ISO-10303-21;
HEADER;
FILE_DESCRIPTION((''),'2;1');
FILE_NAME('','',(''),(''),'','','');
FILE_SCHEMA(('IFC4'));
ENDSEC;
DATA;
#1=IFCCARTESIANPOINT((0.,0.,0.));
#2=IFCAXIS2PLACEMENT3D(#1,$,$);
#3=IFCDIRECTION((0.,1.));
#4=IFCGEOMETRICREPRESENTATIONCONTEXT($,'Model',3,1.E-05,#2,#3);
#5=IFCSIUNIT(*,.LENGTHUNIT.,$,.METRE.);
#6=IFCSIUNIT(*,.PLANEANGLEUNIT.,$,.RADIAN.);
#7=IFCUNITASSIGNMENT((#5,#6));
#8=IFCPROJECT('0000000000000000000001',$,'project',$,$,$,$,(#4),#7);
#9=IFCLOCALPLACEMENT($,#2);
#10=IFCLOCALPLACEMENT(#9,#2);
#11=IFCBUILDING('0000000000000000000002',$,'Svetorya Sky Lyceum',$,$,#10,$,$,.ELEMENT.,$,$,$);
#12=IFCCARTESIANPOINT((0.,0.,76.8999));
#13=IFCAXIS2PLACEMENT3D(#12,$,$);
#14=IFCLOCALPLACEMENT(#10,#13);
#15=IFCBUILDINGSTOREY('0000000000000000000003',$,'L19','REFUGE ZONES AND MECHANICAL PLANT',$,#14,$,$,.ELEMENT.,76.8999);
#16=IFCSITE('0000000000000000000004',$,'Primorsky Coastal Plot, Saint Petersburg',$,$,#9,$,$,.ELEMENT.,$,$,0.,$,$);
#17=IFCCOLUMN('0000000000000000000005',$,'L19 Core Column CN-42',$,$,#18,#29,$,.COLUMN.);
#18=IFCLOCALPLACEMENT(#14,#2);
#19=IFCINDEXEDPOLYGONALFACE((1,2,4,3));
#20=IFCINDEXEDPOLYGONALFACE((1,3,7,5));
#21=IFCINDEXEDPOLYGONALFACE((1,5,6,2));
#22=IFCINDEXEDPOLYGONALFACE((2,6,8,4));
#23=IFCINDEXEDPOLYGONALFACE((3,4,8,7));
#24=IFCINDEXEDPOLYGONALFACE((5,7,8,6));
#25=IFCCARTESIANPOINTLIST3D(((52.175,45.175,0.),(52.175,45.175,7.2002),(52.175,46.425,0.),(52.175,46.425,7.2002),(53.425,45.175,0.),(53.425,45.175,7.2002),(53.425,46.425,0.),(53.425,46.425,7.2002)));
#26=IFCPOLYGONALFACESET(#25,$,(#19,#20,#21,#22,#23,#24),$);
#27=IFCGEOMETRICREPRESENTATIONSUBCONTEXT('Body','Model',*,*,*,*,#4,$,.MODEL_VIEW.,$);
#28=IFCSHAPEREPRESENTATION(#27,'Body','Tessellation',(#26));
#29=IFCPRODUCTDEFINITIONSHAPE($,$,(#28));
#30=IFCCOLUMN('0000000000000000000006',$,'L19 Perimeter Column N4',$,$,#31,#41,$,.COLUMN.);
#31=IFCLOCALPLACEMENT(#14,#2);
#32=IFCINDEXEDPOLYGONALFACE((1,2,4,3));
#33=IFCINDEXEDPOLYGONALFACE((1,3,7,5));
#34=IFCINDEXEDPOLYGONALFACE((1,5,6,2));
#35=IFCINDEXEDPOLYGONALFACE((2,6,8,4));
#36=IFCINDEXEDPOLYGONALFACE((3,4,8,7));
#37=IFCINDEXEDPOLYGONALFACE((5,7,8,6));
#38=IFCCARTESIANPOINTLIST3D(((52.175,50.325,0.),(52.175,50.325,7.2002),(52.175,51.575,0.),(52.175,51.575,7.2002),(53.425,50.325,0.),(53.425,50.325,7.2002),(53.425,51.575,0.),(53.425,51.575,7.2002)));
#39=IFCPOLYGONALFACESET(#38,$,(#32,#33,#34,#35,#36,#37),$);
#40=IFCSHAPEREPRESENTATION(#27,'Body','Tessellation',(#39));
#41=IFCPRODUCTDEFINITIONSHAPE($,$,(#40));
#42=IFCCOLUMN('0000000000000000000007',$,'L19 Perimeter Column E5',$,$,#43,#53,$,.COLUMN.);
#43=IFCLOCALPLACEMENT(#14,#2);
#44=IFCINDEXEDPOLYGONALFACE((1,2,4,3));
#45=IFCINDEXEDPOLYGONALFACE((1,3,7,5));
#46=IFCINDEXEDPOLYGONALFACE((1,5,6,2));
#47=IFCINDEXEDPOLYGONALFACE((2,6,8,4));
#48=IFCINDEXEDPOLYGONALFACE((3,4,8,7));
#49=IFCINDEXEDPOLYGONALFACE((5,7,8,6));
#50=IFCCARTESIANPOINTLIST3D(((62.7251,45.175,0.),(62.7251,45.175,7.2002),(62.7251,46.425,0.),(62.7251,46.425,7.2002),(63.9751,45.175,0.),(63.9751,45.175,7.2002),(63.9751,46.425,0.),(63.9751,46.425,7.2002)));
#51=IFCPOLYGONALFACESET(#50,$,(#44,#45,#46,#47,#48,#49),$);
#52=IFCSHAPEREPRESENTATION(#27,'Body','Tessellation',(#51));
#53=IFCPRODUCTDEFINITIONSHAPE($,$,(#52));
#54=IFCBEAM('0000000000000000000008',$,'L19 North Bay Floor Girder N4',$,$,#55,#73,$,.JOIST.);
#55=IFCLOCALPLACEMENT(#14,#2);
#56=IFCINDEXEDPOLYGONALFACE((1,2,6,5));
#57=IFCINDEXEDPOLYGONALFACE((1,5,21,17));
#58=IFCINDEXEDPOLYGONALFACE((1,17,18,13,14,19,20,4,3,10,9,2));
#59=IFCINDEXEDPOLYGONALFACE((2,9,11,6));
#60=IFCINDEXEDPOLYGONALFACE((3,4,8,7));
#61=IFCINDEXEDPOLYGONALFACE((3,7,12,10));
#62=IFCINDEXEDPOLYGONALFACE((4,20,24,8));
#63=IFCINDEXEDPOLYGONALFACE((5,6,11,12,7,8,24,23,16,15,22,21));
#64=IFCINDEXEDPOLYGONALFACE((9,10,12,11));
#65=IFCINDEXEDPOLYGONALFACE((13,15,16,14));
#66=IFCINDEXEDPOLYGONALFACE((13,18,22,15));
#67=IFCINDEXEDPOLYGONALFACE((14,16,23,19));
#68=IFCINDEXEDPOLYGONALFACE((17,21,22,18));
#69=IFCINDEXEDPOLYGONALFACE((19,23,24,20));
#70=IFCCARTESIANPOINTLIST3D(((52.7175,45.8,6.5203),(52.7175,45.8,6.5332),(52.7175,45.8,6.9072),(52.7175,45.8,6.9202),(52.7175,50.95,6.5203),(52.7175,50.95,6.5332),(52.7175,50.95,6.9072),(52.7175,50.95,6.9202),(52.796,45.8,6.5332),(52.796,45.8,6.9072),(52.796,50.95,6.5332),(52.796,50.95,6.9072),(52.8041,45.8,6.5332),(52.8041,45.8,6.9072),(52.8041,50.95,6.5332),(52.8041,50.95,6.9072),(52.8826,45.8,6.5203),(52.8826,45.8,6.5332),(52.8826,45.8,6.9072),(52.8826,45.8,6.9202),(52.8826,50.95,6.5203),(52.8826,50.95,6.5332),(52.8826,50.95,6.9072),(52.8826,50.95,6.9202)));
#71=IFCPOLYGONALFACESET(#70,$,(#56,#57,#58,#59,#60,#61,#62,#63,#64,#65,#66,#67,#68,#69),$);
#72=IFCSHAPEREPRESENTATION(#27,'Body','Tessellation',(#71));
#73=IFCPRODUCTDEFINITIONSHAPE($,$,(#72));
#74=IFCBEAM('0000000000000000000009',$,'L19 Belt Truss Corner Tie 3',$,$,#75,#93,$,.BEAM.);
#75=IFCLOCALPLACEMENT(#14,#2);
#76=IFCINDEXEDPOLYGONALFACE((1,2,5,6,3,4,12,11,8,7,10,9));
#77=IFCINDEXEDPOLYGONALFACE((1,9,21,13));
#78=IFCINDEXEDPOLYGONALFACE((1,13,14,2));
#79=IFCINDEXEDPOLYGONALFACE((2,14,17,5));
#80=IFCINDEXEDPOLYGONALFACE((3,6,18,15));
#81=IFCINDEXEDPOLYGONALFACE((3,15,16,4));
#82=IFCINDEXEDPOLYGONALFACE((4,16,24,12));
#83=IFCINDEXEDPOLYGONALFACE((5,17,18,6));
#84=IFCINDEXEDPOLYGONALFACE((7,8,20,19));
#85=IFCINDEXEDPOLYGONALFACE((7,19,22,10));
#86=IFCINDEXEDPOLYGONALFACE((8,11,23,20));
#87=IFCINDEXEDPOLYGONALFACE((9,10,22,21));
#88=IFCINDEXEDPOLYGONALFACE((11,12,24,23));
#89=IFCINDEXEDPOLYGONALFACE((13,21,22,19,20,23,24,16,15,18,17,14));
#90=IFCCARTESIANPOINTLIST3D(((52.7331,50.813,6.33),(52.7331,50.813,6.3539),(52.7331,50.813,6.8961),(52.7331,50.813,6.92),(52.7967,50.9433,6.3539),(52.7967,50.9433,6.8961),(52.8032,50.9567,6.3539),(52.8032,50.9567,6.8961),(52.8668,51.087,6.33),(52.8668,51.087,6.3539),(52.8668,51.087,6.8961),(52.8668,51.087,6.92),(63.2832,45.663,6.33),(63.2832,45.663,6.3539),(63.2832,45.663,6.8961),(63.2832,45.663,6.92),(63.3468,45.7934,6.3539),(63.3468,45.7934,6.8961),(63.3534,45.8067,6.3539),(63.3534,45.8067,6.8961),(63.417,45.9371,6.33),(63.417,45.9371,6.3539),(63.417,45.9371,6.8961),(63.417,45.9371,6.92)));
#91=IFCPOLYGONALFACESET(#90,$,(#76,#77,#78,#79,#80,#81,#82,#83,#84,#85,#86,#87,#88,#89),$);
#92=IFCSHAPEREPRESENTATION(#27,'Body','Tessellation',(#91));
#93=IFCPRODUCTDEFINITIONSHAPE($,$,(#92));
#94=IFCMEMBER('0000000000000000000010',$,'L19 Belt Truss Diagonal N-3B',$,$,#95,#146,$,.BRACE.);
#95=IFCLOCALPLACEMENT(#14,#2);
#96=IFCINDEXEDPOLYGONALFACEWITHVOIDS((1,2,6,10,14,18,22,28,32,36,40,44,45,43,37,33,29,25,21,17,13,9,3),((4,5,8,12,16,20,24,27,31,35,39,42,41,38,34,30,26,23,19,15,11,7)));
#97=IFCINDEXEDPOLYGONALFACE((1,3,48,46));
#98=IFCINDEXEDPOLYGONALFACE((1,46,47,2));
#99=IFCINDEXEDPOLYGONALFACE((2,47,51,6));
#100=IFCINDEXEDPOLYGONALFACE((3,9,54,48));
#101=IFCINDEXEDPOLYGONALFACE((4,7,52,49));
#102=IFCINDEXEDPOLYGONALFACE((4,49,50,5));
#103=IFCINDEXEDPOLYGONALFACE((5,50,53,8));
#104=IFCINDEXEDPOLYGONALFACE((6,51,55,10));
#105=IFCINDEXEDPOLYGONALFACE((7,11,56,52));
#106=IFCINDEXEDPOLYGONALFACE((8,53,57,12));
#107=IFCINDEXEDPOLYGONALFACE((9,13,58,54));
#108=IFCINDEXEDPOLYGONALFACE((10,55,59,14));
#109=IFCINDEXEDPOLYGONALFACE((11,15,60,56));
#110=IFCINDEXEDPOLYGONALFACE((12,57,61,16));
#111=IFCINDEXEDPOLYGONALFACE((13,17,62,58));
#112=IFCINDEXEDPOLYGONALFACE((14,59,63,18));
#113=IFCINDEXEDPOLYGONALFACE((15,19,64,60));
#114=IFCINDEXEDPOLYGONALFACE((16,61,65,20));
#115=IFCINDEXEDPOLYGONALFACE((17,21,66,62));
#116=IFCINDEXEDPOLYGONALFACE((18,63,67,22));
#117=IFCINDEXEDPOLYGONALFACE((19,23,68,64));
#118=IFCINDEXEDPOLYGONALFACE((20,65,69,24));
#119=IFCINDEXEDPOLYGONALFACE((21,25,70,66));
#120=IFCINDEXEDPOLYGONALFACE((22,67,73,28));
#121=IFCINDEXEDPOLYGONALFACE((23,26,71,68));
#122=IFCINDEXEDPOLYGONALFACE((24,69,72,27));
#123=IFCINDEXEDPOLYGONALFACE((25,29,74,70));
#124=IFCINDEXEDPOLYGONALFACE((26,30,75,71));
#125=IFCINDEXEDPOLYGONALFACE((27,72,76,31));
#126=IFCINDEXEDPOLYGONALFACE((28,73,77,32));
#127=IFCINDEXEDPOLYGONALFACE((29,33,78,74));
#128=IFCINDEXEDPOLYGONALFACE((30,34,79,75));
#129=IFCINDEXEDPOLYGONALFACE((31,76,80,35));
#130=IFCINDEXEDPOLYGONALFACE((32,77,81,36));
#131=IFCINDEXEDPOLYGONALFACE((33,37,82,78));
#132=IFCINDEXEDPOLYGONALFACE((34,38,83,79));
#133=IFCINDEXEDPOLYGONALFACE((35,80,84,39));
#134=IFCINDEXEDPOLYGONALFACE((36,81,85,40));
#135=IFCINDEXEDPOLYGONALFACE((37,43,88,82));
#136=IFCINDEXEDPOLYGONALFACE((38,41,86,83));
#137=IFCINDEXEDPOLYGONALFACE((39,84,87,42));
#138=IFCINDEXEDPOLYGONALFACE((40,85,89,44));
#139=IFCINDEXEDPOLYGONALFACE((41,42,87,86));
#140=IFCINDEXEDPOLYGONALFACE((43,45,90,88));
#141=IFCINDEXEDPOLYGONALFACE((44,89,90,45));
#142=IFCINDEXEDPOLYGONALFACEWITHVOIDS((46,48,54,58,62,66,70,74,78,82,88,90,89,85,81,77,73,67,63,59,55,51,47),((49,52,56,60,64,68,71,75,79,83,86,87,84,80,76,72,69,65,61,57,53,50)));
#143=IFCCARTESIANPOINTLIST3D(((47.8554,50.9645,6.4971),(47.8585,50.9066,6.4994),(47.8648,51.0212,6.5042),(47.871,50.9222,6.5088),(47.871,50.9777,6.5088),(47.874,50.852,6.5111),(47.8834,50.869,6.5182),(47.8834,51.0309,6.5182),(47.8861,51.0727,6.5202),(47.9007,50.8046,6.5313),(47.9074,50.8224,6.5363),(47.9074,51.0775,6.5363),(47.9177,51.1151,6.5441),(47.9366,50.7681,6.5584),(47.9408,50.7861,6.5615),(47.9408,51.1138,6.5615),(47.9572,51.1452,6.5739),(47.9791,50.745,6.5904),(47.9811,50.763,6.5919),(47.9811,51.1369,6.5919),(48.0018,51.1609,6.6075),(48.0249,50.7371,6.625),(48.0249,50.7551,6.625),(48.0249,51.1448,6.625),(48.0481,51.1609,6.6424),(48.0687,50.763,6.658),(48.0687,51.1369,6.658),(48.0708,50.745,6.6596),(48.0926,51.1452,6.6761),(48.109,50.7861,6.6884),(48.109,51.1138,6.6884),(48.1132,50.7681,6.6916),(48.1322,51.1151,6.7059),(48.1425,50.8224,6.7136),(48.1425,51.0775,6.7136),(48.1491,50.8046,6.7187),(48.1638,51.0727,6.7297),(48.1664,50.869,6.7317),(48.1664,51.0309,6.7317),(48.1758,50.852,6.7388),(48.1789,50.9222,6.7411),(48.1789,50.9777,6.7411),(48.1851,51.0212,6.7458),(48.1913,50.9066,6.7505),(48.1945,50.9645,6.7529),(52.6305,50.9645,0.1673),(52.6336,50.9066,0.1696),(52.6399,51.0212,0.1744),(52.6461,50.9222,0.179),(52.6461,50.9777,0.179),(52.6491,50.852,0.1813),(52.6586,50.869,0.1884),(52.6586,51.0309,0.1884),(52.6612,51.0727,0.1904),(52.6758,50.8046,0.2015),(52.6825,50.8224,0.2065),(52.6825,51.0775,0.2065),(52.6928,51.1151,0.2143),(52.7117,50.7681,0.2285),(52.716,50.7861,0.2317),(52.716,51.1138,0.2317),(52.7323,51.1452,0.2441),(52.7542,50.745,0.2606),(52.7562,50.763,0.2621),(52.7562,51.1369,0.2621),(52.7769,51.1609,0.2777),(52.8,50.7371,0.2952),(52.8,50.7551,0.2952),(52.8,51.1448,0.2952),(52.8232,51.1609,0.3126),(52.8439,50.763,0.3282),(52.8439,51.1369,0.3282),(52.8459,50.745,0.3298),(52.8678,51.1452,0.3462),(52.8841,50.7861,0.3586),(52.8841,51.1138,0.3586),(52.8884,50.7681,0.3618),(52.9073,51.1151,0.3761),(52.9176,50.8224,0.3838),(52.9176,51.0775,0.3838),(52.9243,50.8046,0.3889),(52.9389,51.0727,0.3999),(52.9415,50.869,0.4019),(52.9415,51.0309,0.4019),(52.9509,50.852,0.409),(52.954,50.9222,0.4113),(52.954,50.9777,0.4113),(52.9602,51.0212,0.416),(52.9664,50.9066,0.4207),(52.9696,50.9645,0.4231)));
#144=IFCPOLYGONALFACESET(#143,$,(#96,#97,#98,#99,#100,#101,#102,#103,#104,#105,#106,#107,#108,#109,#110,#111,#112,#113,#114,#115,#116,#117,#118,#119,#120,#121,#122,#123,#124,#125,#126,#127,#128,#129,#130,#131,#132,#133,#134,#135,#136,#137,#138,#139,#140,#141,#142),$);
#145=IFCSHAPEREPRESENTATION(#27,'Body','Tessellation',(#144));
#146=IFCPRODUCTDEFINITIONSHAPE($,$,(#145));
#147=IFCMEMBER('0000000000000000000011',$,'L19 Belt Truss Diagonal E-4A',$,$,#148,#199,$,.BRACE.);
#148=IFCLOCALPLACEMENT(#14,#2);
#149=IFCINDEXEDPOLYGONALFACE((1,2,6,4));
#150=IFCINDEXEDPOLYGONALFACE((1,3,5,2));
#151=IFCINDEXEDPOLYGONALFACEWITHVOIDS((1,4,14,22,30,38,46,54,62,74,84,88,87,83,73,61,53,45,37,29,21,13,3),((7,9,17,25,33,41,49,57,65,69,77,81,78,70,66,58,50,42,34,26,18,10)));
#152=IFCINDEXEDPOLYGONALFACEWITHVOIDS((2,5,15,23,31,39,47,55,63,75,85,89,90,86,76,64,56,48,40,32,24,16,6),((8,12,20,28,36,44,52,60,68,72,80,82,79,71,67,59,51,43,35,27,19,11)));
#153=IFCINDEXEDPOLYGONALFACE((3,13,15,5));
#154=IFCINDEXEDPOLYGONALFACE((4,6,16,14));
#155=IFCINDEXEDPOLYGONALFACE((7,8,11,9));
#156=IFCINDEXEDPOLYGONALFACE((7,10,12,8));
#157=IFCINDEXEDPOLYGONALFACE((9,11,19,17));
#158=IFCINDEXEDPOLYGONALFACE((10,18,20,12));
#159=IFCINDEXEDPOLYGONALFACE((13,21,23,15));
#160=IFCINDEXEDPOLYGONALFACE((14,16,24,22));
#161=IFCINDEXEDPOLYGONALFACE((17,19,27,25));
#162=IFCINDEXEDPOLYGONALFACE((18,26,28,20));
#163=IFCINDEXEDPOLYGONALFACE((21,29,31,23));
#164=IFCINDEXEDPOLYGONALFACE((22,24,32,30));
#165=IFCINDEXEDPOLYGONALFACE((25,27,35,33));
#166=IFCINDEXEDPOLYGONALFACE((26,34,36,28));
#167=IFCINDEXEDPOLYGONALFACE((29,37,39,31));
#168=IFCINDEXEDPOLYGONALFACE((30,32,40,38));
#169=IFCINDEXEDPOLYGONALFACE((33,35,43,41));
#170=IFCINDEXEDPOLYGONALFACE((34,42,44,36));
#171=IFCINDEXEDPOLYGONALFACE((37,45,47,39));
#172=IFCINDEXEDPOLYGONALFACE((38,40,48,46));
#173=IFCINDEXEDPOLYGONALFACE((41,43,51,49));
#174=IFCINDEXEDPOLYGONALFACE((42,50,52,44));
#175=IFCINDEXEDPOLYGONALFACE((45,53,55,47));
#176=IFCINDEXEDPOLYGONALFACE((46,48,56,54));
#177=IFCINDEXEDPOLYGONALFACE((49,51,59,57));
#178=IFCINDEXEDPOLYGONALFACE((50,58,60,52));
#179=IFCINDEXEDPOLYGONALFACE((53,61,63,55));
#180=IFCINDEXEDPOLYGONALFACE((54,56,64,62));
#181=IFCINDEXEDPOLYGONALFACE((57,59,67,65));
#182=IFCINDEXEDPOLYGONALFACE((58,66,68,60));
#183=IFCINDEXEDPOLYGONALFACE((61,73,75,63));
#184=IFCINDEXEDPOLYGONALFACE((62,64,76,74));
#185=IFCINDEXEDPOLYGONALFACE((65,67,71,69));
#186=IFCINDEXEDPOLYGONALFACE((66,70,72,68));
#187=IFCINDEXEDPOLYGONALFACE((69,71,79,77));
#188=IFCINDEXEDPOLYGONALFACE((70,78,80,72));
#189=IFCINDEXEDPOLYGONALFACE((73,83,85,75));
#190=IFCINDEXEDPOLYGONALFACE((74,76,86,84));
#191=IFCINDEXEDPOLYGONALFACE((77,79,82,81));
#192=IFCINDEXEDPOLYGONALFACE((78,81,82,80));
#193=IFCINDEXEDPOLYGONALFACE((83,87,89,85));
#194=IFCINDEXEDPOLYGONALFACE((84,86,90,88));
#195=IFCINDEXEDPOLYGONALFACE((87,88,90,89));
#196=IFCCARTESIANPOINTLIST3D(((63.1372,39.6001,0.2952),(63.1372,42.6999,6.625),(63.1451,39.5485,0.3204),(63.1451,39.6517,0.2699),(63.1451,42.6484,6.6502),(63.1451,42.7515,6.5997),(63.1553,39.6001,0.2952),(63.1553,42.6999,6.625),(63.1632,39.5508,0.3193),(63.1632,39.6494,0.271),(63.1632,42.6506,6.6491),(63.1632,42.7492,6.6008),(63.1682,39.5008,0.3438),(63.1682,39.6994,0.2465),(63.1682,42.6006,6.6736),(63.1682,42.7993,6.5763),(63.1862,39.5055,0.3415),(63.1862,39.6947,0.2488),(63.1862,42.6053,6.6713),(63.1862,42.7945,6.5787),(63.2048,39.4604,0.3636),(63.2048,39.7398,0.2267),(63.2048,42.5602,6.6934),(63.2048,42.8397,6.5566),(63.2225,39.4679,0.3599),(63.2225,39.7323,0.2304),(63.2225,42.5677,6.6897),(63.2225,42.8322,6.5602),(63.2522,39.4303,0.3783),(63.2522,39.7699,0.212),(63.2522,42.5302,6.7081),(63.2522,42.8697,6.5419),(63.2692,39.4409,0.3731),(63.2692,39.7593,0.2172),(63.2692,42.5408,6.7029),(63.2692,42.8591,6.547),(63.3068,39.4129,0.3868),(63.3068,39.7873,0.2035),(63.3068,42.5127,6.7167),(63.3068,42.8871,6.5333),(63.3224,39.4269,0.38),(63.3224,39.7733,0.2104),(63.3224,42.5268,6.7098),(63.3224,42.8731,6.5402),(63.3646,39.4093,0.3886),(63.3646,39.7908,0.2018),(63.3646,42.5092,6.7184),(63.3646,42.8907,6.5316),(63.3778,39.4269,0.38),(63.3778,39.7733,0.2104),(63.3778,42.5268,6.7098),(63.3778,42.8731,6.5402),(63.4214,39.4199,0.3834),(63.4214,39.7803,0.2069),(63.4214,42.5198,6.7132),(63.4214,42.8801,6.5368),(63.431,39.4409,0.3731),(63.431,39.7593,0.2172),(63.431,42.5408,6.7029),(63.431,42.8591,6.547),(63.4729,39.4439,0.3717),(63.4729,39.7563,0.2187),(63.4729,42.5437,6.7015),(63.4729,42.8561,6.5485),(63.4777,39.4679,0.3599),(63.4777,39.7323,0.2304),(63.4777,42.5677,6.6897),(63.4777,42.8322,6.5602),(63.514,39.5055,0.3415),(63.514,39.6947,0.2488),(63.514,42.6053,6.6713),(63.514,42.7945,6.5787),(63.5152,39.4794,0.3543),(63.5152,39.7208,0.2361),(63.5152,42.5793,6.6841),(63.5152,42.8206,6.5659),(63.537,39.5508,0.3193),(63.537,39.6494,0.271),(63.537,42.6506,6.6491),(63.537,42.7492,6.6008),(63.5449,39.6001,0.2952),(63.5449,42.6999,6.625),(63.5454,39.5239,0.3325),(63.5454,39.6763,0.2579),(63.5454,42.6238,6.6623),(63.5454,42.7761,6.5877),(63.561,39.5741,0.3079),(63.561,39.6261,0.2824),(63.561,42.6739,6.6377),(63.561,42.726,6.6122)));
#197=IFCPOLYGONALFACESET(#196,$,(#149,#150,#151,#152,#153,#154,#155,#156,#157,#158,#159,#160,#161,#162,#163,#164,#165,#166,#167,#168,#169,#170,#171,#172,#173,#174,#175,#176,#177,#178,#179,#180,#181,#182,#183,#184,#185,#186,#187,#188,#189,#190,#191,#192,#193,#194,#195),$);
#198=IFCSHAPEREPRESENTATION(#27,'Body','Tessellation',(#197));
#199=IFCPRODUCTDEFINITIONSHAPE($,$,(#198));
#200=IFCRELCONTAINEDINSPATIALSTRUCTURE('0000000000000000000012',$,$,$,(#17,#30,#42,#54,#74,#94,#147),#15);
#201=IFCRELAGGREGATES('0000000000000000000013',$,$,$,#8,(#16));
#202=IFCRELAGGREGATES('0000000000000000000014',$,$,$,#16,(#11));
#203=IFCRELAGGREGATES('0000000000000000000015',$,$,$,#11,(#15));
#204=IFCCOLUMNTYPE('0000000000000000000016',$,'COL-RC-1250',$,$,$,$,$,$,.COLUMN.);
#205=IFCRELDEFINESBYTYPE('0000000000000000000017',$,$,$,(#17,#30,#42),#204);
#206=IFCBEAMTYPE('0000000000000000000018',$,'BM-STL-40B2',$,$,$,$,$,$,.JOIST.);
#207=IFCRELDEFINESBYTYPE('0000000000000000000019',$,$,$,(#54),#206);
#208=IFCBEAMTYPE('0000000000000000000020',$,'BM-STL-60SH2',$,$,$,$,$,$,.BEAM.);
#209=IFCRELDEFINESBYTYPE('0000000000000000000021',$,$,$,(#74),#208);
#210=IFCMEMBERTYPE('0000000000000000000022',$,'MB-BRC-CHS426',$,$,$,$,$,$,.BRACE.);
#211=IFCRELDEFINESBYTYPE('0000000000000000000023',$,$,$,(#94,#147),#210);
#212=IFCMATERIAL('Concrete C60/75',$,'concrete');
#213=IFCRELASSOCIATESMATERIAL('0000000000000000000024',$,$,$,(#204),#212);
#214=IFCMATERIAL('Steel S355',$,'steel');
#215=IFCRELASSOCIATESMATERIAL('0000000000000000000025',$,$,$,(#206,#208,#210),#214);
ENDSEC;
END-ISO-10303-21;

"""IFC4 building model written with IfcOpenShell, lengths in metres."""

from ifc_helpers import new_model, si_unit, direction, frame, origin, origin_2d, place, context, subcontext, project, spatial, rectangle, hollow_circle, i_section, extrude, material, material_profile, profile_set, type_object, element, save


model = new_model("IFC4")

# Units and contexts
model_context = context("Model", 3, precision=1e-05, world=origin(), true_north=direction((0.0, 1.0)))
body_context = subcontext(model_context, "Body", "Model", "MODEL_VIEW")
ifc_project = project(units=[si_unit("LENGTHUNIT", "METRE"), si_unit("PLANEANGLEUNIT", "RADIAN")], contexts=[model_context])

# Site, building, storey
site_placement = place(None, origin())
site = spatial("IfcSite", under=ifc_project, at=site_placement, Name="Primorsky Coastal Plot, Saint Petersburg", CompositionType="ELEMENT", RefElevation=0.0)
building_placement = place(site_placement, origin())
building = spatial("IfcBuilding", under=site, at=building_placement, Name="Svetorya Sky Lyceum", CompositionType="ELEMENT")
storey_placement = place(building_placement, frame((0.0, 0.0, 76.8999)))
storey = spatial("IfcBuildingStorey", under=building, at=storey_placement, Name="L19", Description="REFUGE ZONES AND MECHANICAL PLANT", CompositionType="ELEMENT", Elevation=76.8999)

# Columns
ifc_material_1 = material(Name="Concrete C60/75", Category="concrete")
ifc_material_profile_1 = material_profile(ifc_material_1, rectangle(XDim=1.25, YDim=1.25, at=origin_2d()), Name="RC COL 1250x1250")
ifc_profile_set_1 = profile_set([ifc_material_profile_1], Name="Concrete C60/75")
column_type = type_object("IfcColumnType", Name="COL-RC-1250", PredefinedType="COLUMN", material=ifc_profile_set_1)
for number, where, z_axis, x_axis, name in (
    (1, (52.8, 45.8, 0.0), (0.0, 0.0, 1.0), (1.0, 0.0, 0.0), "L19 Core Column CN-42"),
    (2, (52.8, 50.95, 0.0), (0.0, 0.0, 1.0), (1.0, 0.0, 0.0), "L19 Perimeter Column N4"),
    (3, (63.3501, 45.8, 0.0), (0.0, 0.0, 1.0), (1.0, 0.0, 0.0), "L19 Perimeter Column E5"),
):
    element("IfcColumn", number, at=place(storey_placement, frame(where, z_axis=z_axis, x_axis=x_axis)), inside=storey, type_object=column_type, Name=name, PredefinedType="COLUMN", context=body_context, shape_type="SweptSolid", body=[
        extrude(rectangle(XDim=1.25, YDim=1.25, at=origin_2d()), origin(), (0.0, 0.0, 1.0), 7.2002),
    ])

# Beams
ifc_material_2 = material(Name="Steel S355", Category="steel")
ifc_material_profile_2 = material_profile(ifc_material_2, i_section(OverallWidth=0.165, OverallDepth=0.3999, WebThickness=0.0081, FlangeThickness=0.0129, at=origin_2d()), Name="GOST 40B2")
ifc_profile_set_2 = profile_set([ifc_material_profile_2], Name="Steel S355")
beam_type_1 = type_object("IfcBeamType", Name="BM-STL-40B2", PredefinedType="JOIST", material=ifc_profile_set_2)
beam_1_placement = place(storey_placement, frame((52.8, 45.8, 6.7202), z_axis=(0.0, 1.0, 0.0), x_axis=(-1.0, 0.0, 0.0)))
element("IfcBeam", 4, at=beam_1_placement, inside=storey, type_object=beam_type_1, Name="L19 North Bay Floor Girder N4", PredefinedType="JOIST", context=body_context, shape_type="SweptSolid", body=[
    extrude(i_section(OverallWidth=0.165, OverallDepth=0.3999, WebThickness=0.0081, FlangeThickness=0.0129, at=origin_2d()), origin(), (0.0, 0.0, 1.0), 5.1499),
])
ifc_material_profile_3 = material_profile(ifc_material_2, i_section(OverallWidth=0.3049, OverallDepth=0.5901, WebThickness=0.0149, FlangeThickness=0.0239, at=origin_2d()), Name="GOST 60Sh2")
ifc_profile_set_3 = profile_set([ifc_material_profile_3], Name="Steel S355")
beam_type_2 = type_object("IfcBeamType", Name="BM-STL-60SH2", PredefinedType="BEAM", material=ifc_profile_set_3)
beam_2_placement = place(storey_placement, frame((63.3501, 45.8, 6.625), z_axis=(-0.89865, 0.438667, 0.0), x_axis=(-0.438667, -0.89865, 0.0)))
element("IfcBeam", 5, at=beam_2_placement, inside=storey, type_object=beam_type_2, Name="L19 Belt Truss Corner Tie 3", PredefinedType="BEAM", context=body_context, shape_type="SweptSolid", body=[
    extrude(i_section(OverallWidth=0.3049, OverallDepth=0.5901, WebThickness=0.0149, FlangeThickness=0.0239, at=origin_2d()), origin(), (0.0, 0.0, 1.0), 11.74),
])

# Members
ifc_material_profile_4 = material_profile(ifc_material_2, hollow_circle(Radius=0.2129, WallThickness=0.0181, at=origin_2d()), Name="CHS 426x18")
ifc_profile_set_4 = profile_set([ifc_material_profile_4], Name="Steel S355")
member_type_1 = type_object("IfcMemberType", Name="MB-BRC-CHS426", PredefinedType="BRACE", material=ifc_profile_set_4)
member_1_placement = place(storey_placement, frame((52.8, 50.95, 0.2952), z_axis=(-0.602239, 0.0, 0.798316), x_axis=(0.0, -1.0, 0.0)))
element("IfcMember", 6, at=member_1_placement, inside=storey, type_object=member_type_1, Name="L19 Belt Truss Diagonal N-3B", PredefinedType="BRACE", context=body_context, shape_type="SweptSolid", body=[
    extrude(hollow_circle(Radius=0.2129, WallThickness=0.0181, at=origin_2d()), origin(), (0.0, 0.0, 1.0), 7.929),
])
member_2_placement = place(storey_placement, frame((63.3501, 39.6001, 0.2952), z_axis=(0.0, 0.439813, 0.898089), x_axis=(-1.0, 0.0, 0.0)))
element("IfcMember", 7, at=member_2_placement, inside=storey, type_object=member_type_1, Name="L19 Belt Truss Diagonal E-4A", PredefinedType="BRACE", context=body_context, shape_type="SweptSolid", body=[
    extrude(hollow_circle(Radius=0.2129, WallThickness=0.0181, at=origin_2d()), origin(), (0.0, 0.0, 1.0), 7.0481),
])

save(model, "model.ifc")
